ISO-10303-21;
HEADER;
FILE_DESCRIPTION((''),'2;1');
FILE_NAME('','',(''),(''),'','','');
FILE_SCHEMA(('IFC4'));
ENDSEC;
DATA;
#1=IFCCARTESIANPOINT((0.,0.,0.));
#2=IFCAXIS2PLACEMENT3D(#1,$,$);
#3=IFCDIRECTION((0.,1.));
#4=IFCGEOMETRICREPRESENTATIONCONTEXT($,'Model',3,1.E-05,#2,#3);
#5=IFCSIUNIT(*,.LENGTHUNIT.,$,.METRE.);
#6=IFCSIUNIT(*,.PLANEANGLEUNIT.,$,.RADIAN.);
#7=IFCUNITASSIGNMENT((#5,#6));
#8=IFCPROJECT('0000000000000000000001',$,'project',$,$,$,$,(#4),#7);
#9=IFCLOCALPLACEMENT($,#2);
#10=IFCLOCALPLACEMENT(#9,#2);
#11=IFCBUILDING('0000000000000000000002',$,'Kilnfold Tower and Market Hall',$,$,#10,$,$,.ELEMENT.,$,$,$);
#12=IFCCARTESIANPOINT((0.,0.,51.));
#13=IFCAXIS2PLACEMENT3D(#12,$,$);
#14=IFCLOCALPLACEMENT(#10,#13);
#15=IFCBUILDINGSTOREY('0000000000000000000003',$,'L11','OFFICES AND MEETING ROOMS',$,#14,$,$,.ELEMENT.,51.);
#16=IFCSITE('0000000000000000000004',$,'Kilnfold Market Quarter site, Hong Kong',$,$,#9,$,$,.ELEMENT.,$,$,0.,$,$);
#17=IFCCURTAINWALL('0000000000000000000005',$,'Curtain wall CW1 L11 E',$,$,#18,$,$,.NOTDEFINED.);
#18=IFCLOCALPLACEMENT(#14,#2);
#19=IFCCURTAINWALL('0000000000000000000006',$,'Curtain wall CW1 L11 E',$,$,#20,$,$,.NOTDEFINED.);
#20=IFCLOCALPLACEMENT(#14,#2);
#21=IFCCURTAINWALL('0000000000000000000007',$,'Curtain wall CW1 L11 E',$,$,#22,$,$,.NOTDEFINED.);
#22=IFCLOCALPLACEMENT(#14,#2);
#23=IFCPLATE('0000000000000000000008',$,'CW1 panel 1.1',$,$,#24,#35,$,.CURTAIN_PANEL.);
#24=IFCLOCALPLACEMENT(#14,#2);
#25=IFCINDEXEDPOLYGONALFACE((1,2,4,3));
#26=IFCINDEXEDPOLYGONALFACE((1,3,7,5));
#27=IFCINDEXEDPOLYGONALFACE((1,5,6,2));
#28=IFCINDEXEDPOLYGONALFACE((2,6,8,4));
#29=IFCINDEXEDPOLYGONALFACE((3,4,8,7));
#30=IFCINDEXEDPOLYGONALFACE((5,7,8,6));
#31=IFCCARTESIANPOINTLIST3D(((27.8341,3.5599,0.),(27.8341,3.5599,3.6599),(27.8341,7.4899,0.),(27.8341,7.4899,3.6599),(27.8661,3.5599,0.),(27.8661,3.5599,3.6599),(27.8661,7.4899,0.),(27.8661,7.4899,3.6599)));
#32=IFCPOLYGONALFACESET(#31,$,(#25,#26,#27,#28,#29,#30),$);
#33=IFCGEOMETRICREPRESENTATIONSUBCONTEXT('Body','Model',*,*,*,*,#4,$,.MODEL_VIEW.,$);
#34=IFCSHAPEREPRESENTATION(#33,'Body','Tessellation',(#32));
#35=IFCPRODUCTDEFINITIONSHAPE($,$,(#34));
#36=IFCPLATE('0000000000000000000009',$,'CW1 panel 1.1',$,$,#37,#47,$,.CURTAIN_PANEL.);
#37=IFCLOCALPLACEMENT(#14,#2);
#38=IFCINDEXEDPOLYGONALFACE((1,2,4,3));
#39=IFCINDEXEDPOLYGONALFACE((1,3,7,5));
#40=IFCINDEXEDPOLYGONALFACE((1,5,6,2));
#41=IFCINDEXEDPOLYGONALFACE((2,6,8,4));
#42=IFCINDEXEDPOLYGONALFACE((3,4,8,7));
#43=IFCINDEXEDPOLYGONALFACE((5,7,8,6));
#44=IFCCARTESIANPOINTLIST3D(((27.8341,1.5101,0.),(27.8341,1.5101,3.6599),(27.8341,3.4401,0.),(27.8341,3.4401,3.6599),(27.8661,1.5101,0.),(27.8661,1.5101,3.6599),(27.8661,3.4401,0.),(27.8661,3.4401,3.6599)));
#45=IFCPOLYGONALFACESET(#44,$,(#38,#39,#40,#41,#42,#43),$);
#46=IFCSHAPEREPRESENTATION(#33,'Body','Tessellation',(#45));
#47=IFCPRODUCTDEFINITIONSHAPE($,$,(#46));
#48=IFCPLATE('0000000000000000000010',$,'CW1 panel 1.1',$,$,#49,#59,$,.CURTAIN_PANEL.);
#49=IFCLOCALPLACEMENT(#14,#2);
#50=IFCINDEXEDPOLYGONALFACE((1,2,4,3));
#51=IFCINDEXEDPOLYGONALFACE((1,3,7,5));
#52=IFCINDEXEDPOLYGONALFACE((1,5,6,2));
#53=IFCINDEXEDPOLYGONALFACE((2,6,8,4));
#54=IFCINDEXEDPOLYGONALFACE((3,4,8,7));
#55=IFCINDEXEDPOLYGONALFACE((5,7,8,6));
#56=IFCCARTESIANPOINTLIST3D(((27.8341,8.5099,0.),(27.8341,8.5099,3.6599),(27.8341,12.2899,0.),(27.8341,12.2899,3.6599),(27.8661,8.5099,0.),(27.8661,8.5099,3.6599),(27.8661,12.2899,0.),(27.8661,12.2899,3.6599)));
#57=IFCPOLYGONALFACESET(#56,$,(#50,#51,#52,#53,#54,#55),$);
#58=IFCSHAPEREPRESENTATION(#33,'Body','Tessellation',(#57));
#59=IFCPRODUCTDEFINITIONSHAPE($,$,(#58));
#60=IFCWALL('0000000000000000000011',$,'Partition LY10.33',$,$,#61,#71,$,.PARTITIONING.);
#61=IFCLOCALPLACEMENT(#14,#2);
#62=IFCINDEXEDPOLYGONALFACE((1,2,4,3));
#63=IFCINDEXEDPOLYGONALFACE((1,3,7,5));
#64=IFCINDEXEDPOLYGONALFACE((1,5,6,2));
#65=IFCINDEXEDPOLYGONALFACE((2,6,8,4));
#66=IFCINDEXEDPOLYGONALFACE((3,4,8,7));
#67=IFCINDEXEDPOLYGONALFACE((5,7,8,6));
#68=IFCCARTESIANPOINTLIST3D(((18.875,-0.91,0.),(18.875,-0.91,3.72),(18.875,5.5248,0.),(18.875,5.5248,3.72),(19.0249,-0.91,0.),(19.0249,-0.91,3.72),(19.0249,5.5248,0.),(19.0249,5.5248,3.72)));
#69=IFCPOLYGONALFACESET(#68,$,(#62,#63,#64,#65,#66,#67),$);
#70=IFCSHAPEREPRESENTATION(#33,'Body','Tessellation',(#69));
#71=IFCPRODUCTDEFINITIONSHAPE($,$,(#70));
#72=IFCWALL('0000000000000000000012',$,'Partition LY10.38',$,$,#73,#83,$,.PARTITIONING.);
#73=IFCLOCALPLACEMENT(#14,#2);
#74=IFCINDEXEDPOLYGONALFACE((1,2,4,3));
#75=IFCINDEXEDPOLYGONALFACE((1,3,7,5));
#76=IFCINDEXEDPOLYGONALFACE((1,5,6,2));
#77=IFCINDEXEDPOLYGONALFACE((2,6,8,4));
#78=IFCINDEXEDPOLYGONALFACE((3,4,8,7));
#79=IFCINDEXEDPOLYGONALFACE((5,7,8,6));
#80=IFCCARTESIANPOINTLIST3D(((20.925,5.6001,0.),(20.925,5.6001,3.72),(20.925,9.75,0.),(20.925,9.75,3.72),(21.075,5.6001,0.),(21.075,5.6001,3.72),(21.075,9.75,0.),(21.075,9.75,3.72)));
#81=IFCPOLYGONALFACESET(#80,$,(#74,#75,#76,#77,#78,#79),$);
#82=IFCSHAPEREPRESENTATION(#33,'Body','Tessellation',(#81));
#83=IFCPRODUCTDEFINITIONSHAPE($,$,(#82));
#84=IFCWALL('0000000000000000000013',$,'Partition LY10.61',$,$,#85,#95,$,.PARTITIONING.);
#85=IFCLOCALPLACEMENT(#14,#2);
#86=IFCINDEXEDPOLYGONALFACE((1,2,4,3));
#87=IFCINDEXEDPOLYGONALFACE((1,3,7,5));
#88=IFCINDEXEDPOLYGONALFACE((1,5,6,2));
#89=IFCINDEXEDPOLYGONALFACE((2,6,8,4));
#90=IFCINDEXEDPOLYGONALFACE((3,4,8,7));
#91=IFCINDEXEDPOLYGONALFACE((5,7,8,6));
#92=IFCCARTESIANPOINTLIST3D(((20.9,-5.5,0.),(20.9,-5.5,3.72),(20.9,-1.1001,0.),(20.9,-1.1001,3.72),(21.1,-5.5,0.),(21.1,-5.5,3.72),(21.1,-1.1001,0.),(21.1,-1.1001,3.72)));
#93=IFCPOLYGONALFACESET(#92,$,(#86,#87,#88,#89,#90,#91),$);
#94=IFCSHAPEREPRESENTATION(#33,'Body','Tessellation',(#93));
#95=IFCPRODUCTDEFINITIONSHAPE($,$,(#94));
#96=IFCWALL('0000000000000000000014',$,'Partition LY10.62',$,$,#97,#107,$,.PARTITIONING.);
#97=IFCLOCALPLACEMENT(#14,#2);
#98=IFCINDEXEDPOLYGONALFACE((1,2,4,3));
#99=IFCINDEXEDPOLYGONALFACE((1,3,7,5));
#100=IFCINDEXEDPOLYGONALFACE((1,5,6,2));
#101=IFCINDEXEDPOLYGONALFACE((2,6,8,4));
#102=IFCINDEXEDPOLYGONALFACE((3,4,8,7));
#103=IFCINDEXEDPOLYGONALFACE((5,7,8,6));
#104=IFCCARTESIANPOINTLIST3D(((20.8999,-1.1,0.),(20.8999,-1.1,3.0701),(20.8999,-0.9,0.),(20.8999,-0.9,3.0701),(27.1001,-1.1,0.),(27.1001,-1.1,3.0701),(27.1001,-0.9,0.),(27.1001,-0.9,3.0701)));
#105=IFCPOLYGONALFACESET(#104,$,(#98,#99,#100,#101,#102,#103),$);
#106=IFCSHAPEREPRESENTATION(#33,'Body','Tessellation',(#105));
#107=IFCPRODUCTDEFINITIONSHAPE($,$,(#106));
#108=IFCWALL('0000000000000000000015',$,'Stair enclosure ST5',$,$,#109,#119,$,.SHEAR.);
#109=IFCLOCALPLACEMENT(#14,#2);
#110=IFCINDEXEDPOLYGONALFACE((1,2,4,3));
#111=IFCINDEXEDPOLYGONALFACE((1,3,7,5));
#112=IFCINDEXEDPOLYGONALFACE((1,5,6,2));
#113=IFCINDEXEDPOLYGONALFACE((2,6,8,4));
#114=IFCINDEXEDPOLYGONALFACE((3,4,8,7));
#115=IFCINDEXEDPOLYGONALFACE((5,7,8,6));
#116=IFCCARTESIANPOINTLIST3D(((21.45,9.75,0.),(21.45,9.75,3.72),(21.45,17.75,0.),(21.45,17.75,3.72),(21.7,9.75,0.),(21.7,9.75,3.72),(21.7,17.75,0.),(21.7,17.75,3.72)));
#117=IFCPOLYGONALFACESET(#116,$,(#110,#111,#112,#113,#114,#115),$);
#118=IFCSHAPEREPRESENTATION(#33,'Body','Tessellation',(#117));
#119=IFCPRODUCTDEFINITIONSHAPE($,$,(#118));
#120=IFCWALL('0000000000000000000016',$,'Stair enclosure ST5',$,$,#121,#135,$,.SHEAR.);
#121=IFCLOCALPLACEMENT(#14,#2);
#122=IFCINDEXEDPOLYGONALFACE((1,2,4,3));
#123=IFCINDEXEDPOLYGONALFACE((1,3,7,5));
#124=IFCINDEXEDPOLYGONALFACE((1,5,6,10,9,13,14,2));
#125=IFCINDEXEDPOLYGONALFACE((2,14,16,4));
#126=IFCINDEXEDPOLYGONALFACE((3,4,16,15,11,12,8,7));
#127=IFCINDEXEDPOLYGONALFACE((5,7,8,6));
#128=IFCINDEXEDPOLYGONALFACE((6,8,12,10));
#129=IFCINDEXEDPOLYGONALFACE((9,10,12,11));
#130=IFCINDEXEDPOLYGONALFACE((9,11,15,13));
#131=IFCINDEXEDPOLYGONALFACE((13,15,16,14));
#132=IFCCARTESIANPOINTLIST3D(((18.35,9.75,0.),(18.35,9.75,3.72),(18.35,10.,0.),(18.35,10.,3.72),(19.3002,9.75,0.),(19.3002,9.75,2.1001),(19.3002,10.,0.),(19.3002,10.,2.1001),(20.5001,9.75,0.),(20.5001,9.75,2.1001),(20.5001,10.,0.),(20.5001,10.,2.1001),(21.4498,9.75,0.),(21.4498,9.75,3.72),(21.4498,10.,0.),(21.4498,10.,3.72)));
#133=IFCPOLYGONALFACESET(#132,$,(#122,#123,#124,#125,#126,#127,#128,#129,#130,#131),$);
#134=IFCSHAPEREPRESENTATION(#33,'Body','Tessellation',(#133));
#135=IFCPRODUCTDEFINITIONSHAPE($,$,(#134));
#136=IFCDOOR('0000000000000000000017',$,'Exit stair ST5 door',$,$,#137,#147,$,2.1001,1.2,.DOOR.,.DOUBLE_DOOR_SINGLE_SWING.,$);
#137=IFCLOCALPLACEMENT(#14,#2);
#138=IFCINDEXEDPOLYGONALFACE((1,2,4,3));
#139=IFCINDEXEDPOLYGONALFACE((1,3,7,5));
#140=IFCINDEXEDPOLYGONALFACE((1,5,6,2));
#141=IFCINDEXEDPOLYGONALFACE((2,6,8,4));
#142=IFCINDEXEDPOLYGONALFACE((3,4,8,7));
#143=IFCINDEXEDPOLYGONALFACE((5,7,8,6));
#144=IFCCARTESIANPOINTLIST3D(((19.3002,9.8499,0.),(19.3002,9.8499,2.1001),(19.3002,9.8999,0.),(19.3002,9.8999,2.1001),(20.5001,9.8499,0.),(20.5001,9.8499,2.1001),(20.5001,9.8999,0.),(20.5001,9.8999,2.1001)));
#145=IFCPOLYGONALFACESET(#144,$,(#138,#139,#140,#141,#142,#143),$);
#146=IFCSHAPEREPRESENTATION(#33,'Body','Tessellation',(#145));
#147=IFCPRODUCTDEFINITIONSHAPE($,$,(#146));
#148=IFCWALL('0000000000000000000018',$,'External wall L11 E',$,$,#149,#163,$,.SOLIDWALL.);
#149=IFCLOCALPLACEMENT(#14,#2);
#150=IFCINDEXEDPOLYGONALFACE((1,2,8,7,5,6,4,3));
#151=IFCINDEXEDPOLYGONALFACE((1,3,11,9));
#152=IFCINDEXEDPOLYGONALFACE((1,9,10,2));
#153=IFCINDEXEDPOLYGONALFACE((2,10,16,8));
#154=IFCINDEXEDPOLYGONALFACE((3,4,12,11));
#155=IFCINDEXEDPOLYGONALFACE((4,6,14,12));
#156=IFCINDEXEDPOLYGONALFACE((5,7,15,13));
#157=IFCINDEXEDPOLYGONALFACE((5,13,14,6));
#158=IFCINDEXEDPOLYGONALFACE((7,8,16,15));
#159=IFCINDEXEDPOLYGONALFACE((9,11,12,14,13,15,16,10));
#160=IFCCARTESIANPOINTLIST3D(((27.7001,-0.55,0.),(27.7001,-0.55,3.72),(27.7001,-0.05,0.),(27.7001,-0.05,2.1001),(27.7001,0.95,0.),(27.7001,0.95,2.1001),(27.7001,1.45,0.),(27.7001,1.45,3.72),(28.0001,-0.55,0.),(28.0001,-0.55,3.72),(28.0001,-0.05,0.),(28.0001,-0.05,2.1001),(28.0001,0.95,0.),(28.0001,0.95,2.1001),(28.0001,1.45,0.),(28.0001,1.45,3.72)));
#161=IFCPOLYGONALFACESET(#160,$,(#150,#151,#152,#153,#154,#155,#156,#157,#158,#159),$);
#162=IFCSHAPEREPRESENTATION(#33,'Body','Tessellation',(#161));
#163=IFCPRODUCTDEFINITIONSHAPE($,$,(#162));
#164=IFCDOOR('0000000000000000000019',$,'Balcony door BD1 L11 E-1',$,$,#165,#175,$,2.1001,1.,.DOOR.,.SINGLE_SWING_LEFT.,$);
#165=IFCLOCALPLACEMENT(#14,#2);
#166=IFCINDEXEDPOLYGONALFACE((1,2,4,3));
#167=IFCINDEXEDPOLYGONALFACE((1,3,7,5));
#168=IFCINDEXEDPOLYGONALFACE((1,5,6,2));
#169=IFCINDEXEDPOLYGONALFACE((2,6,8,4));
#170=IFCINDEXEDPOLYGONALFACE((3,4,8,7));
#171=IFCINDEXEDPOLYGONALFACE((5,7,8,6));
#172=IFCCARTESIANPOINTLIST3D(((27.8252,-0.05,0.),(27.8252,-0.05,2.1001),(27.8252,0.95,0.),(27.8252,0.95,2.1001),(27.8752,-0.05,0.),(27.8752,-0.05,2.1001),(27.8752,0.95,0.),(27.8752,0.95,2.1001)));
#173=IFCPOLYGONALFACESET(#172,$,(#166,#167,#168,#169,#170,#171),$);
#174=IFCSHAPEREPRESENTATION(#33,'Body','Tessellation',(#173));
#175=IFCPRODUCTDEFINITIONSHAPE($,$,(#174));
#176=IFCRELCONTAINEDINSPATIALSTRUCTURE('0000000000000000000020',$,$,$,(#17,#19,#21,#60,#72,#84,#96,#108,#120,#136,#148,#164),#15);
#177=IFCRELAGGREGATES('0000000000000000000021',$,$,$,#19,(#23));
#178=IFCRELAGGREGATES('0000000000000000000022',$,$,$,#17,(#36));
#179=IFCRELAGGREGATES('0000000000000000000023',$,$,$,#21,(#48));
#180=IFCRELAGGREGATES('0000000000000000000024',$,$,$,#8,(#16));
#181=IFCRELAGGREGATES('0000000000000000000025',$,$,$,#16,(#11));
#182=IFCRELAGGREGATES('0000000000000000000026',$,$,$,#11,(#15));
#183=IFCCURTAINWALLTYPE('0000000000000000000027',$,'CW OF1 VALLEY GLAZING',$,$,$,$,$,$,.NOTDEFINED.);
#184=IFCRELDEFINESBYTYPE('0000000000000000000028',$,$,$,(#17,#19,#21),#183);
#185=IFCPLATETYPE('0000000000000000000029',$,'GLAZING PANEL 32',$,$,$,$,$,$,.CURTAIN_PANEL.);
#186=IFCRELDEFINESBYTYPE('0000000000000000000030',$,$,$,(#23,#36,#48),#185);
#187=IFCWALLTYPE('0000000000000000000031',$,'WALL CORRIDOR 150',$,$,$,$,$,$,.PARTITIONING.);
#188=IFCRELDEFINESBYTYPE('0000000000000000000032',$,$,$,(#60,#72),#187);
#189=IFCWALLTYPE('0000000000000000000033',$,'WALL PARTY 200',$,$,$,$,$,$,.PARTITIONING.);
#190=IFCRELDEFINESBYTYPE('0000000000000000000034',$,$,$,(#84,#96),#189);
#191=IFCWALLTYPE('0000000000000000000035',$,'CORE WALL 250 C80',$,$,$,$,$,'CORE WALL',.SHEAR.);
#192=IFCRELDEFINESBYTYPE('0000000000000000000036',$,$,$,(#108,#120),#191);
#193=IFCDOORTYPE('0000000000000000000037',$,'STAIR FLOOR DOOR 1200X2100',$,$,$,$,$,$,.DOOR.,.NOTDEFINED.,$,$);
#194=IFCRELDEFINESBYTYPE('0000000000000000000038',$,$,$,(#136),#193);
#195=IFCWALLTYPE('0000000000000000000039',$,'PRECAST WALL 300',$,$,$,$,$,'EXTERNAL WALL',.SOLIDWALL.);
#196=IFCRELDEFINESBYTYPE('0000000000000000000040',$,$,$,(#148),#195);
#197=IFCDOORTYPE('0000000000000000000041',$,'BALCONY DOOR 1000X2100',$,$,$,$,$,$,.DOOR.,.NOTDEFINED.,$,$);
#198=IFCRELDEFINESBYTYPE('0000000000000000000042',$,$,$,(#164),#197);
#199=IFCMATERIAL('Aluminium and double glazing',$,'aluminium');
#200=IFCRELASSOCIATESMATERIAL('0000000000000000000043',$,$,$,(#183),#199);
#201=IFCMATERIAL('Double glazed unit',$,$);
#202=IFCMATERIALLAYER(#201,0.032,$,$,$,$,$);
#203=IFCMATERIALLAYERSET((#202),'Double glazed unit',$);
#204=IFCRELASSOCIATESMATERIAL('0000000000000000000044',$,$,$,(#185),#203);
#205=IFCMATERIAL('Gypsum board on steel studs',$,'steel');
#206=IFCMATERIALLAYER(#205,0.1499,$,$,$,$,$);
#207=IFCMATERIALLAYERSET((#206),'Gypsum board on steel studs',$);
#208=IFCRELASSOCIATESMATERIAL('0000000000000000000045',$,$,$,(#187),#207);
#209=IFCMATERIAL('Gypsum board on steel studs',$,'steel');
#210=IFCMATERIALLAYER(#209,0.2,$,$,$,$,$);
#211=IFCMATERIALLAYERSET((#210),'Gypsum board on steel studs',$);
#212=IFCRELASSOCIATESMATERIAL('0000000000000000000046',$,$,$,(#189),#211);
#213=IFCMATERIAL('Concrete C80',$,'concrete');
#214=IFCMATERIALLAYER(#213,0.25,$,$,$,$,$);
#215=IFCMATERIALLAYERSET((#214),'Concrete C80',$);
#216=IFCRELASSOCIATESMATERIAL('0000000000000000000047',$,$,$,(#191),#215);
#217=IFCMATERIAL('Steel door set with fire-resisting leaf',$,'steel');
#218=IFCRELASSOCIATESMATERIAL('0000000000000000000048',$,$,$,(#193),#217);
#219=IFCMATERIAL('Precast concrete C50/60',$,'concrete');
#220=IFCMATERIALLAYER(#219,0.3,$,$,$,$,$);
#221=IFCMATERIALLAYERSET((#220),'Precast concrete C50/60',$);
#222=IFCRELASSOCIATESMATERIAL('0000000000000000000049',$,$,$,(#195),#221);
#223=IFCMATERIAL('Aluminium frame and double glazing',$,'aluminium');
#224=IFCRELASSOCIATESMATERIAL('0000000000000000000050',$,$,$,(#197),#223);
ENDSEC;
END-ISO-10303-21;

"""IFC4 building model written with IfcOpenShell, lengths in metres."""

from ifc_helpers import new_model, si_unit, direction, frame, frame_2d, origin, origin_2d, place, context, subcontext, project, spatial, rectangle, extrude, source, transform, mapped, material, layer, layer_set, type_object, element, fill, aggregate, save


model = new_model("IFC4")

# Units and contexts
model_context = context("Model", 3, precision=1e-05, world=origin(), true_north=direction((0.0, 1.0)))
body_context = subcontext(model_context, "Body", "Model", "MODEL_VIEW")
ifc_project = project(units=[si_unit("LENGTHUNIT", "METRE"), si_unit("PLANEANGLEUNIT", "RADIAN")], contexts=[model_context])

# Site, building, storey
site_placement = place(None, origin())
site = spatial("IfcSite", under=ifc_project, at=site_placement, Name="Kilnfold Market Quarter site, Hong Kong", CompositionType="ELEMENT", RefElevation=0.0)
building_placement = place(site_placement, origin())
building = spatial("IfcBuilding", under=site, at=building_placement, Name="Kilnfold Tower and Market Hall", CompositionType="ELEMENT")
storey_placement = place(building_placement, frame((0.0, 0.0, 51.0)))
storey = spatial("IfcBuildingStorey", under=building, at=storey_placement, Name="L11", Description="OFFICES AND MEETING ROOMS", CompositionType="ELEMENT", Elevation=51.0)

# Shared definitions
ifc_material_1 = material(Name="Aluminium and double glazing", Category="aluminium")
curtain_wall_type = type_object("IfcCurtainWallType", Name="CW OF1 VALLEY GLAZING", PredefinedType="NOTDEFINED", material=ifc_material_1)

# Curtain walls
curtain_wall_1_placement = place(storey_placement, origin())
curtain_wall_1 = element("IfcCurtainWall", 1, at=curtain_wall_1_placement, inside=storey, type_object=curtain_wall_type, Name="Curtain wall CW1 L11 E", PredefinedType="NOTDEFINED")
curtain_wall_2_placement = place(storey_placement, origin())
curtain_wall_2 = element("IfcCurtainWall", 2, at=curtain_wall_2_placement, inside=storey, type_object=curtain_wall_type, Name="Curtain wall CW1 L11 E", PredefinedType="NOTDEFINED")

# Curtain wall
curtain_wall_3_placement = place(storey_placement, origin())
curtain_wall_3 = element("IfcCurtainWall", 3, at=curtain_wall_3_placement, inside=storey, type_object=curtain_wall_type, Name="Curtain wall CW1 L11 E", PredefinedType="NOTDEFINED")

# Plates
ifc_material_2 = material(Name="Double glazed unit")
ifc_layer_1 = layer(ifc_material_2, 0.032)
ifc_layer_set_1 = layer_set([ifc_layer_1], Name="Double glazed unit")
plate_type = type_object("IfcPlateType", Name="GLAZING PANEL 32", PredefinedType="CURTAIN_PANEL", material=ifc_layer_set_1)
shared_shape_1 = source(origin(), body_context, "Body", "SweptSolid", [
    extrude(rectangle(XDim=3.9299, YDim=0.032, at=origin_2d()), origin(), (0.0, 0.0, 1.0), 3.6599),
])
plate_1_placement = place(storey_placement, frame((27.8501, 5.5249, 0.0), z_axis=(0.0, 0.0, 1.0), x_axis=(0.0, 1.0, 0.0)))
plate_1 = element("IfcPlate", 4, at=plate_1_placement, type_object=plate_type, Name="CW1 panel 1.1", PredefinedType="CURTAIN_PANEL", context=body_context, shape_type="MappedRepresentation", body=[
    mapped(shared_shape_1, transform((0.0, 0.0, 0.0))),
])
aggregate(curtain_wall_2, [plate_1])
shared_shape_2 = source(origin(), body_context, "Body", "SweptSolid", [
    extrude(rectangle(XDim=1.9299, YDim=0.032, at=origin_2d()), origin(), (0.0, 0.0, 1.0), 3.6599),
])
plate_2_placement = place(storey_placement, frame((27.8501, 2.4751, 0.0), z_axis=(0.0, 0.0, 1.0), x_axis=(0.0, 1.0, 0.0)))
plate_2 = element("IfcPlate", 5, at=plate_2_placement, type_object=plate_type, Name="CW1 panel 1.1", PredefinedType="CURTAIN_PANEL", context=body_context, shape_type="MappedRepresentation", body=[
    mapped(shared_shape_2, transform((0.0, 0.0, 0.0))),
])
aggregate(curtain_wall_1, [plate_2])
shared_shape_3 = source(origin(), body_context, "Body", "SweptSolid", [
    extrude(rectangle(XDim=3.78, YDim=0.032, at=origin_2d()), origin(), (0.0, 0.0, 1.0), 3.6599),
])
plate_3_placement = place(storey_placement, frame((27.8501, 10.3999, 0.0), z_axis=(0.0, 0.0, 1.0), x_axis=(0.0, 1.0, 0.0)))
plate_3 = element("IfcPlate", 6, at=plate_3_placement, type_object=plate_type, Name="CW1 panel 1.1", PredefinedType="CURTAIN_PANEL", context=body_context, shape_type="MappedRepresentation", body=[
    mapped(shared_shape_3, transform((0.0, 0.0, 0.0))),
])
aggregate(curtain_wall_3, [plate_3])

# Walls
ifc_material_3 = material(Name="Gypsum board on steel studs", Category="steel")
ifc_layer_2 = layer(ifc_material_3, 0.1499)
ifc_layer_set_2 = layer_set([ifc_layer_2], Name="Gypsum board on steel studs")
wall_type_1 = type_object("IfcWallType", Name="WALL CORRIDOR 150", PredefinedType="PARTITIONING", material=ifc_layer_set_2)
wall_1_placement = place(storey_placement, frame((18.95, -0.9099, 0.0), z_axis=(0.0, 0.0, 1.0), x_axis=(0.0, 1.0, 0.0)))
element("IfcWall", 7, at=wall_1_placement, inside=storey, type_object=wall_type_1, Name="Partition LY10.33", PredefinedType="PARTITIONING", context=body_context, shape_type="SweptSolid", body=[
    extrude(rectangle(XDim=6.4348, YDim=0.1499, at=frame_2d((3.2173, 0.0))), origin(), (0.0, 0.0, 1.0), 3.72),
])
wall_2_placement = place(storey_placement, frame((21.0, 5.6001, 0.0), z_axis=(0.0, 0.0, 1.0), x_axis=(0.0, 1.0, 0.0)))
element("IfcWall", 8, at=wall_2_placement, inside=storey, type_object=wall_type_1, Name="Partition LY10.38", PredefinedType="PARTITIONING", context=body_context, shape_type="SweptSolid", body=[
    extrude(rectangle(XDim=4.1499, YDim=0.1499, at=frame_2d((2.075, 0.0))), origin(), (0.0, 0.0, 1.0), 3.72),
])
ifc_material_4 = material(Name="Gypsum board on steel studs", Category="steel")
ifc_layer_3 = layer(ifc_material_4, 0.2)
ifc_layer_set_3 = layer_set([ifc_layer_3], Name="Gypsum board on steel studs")
wall_type_2 = type_object("IfcWallType", Name="WALL PARTY 200", PredefinedType="PARTITIONING", material=ifc_layer_set_3)
wall_3_placement = place(storey_placement, frame((21.0, -1.1001, 0.0), z_axis=(0.0, 0.0, 1.0), x_axis=(0.0, -1.0, 0.0)))
element("IfcWall", 9, at=wall_3_placement, inside=storey, type_object=wall_type_2, Name="Partition LY10.61", PredefinedType="PARTITIONING", context=body_context, shape_type="SweptSolid", body=[
    extrude(rectangle(XDim=4.3999, YDim=0.2, at=frame_2d((2.2, 0.0))), origin(), (0.0, 0.0, 1.0), 3.72),
])
wall_4_placement = place(storey_placement, frame((20.8999, -1.0, 0.0), z_axis=(0.0, 0.0, 1.0), x_axis=(1.0, 0.0, 0.0)))
element("IfcWall", 10, at=wall_4_placement, inside=storey, type_object=wall_type_2, Name="Partition LY10.62", PredefinedType="PARTITIONING", context=body_context, shape_type="SweptSolid", body=[
    extrude(rectangle(XDim=6.2002, YDim=0.2, at=frame_2d((3.1001, 0.0))), origin(), (0.0, 0.0, 1.0), 3.0701),
])
ifc_material_5 = material(Name="Concrete C80", Category="concrete")
ifc_layer_4 = layer(ifc_material_5, 0.25)
ifc_layer_set_4 = layer_set([ifc_layer_4], Name="Concrete C80")
wall_type_3 = type_object("IfcWallType", Name="CORE WALL 250 C80", ElementType="CORE WALL", PredefinedType="SHEAR", material=ifc_layer_set_4)
shared_shape_4 = source(origin(), body_context, "Body", "SweptSolid", [
    extrude(rectangle(XDim=8.0, YDim=0.25, at=frame_2d((4.0, 0.0))), origin(), (0.0, 0.0, 1.0), 3.72),
])
wall_5_placement = place(storey_placement, frame((21.575, 9.75, 0.0), z_axis=(0.0, 0.0, 1.0), x_axis=(0.0, 1.0, 0.0)))
element("IfcWall", 11, at=wall_5_placement, inside=storey, type_object=wall_type_3, Name="Stair enclosure ST5", PredefinedType="SHEAR", context=body_context, shape_type="MappedRepresentation", body=[
    mapped(shared_shape_4, transform((0.0, 0.0, 0.0))),
])

# Walls, openings, doors
shared_shape_5 = source(origin(), body_context, "Body", "SweptSolid", [
    extrude(rectangle(XDim=3.0999, YDim=0.25, at=frame_2d((1.5498, 0.0))), origin(), (0.0, 0.0, 1.0), 3.72),
])
wall_6_placement = place(storey_placement, frame((18.3501, 9.875, 0.0), z_axis=(0.0, 0.0, 1.0), x_axis=(1.0, 0.0, 0.0)))
wall_6 = element("IfcWall", 12, at=wall_6_placement, inside=storey, type_object=wall_type_3, Name="Stair enclosure ST5", PredefinedType="SHEAR", context=body_context, shape_type="MappedRepresentation", body=[
    mapped(shared_shape_5, transform((0.0, 0.0, 0.0))),
])
opening_1_placement = place(wall_6_placement, frame((0.95, 0.0, 0.0)))
opening_1 = element("IfcOpeningElement", 13, at=opening_1_placement, cuts=wall_6, PredefinedType="OPENING", context=body_context, shape_type="SweptSolid", body=[
    extrude(rectangle(XDim=1.2, YDim=2.1001, at=frame_2d((0.6001, 1.05))), frame((0.0, 0.135, 0.0), z_axis=(0.0, -1.0, 0.0), x_axis=(1.0, 0.0, 0.0)), (0.0, 0.0, 1.0), 0.27),
])
ifc_material_6 = material(Name="Steel door set with fire-resisting leaf", Category="steel")
door_type_1 = type_object("IfcDoorType", Name="STAIR FLOOR DOOR 1200X2100", OperationType="NOTDEFINED", PredefinedType="DOOR", material=ifc_material_6)
door_1_placement = place(opening_1_placement, origin())
door_1 = element("IfcDoor", 14, at=door_1_placement, inside=storey, type_object=door_type_1, Name="Exit stair ST5 door", OperationType="DOUBLE_DOOR_SINGLE_SWING", OverallHeight=2.1001, OverallWidth=1.2, PredefinedType="DOOR", context=body_context, shape_type="SweptSolid", body=[
    extrude(rectangle(XDim=1.2, YDim=2.1001, at=frame_2d((0.6001, 1.05))), frame((0.0, 0.0249, 0.0), z_axis=(0.0, -1.0, 0.0), x_axis=(1.0, 0.0, 0.0)), (0.0, 0.0, 1.0), 0.05),
])
fill(opening_1, door_1)
ifc_material_7 = material(Name="Precast concrete C50/60", Category="concrete")
ifc_layer_5 = layer(ifc_material_7, 0.3)
ifc_layer_set_5 = layer_set([ifc_layer_5], Name="Precast concrete C50/60")
wall_type_4 = type_object("IfcWallType", Name="PRECAST WALL 300", ElementType="EXTERNAL WALL", PredefinedType="SOLIDWALL", material=ifc_layer_set_5)
shared_shape_6 = source(origin(), body_context, "Body", "SweptSolid", [
    extrude(rectangle(XDim=2.0, YDim=0.3, at=frame_2d((1.0, 0.0))), origin(), (0.0, 0.0, 1.0), 3.72),
])
wall_7_placement = place(storey_placement, frame((27.8501, -0.55, 0.0), z_axis=(0.0, 0.0, 1.0), x_axis=(0.0, 1.0, 0.0)))
wall_7 = element("IfcWall", 15, at=wall_7_placement, inside=storey, type_object=wall_type_4, Name="External wall L11 E", PredefinedType="SOLIDWALL", context=body_context, shape_type="MappedRepresentation", body=[
    mapped(shared_shape_6, transform((0.0, 0.0, 0.0))),
])
opening_2_placement = place(wall_7_placement, frame((0.5, 0.0, 0.0)))
opening_2 = element("IfcOpeningElement", 16, at=opening_2_placement, cuts=wall_7, PredefinedType="OPENING", context=body_context, shape_type="SweptSolid", body=[
    extrude(rectangle(XDim=1.0, YDim=2.1001, at=frame_2d((0.5, 1.05))), frame((0.0, 0.1602, 0.0), z_axis=(0.0, -1.0, 0.0), x_axis=(1.0, 0.0, 0.0)), (0.0, 0.0, 1.0), 0.3201),
])
ifc_material_8 = material(Name="Aluminium frame and double glazing", Category="aluminium")
door_type_2 = type_object("IfcDoorType", Name="BALCONY DOOR 1000X2100", OperationType="NOTDEFINED", PredefinedType="DOOR", material=ifc_material_8)
door_2_placement = place(opening_2_placement, origin())
door_2 = element("IfcDoor", 17, at=door_2_placement, inside=storey, type_object=door_type_2, Name="Balcony door BD1 L11 E-1", OperationType="SINGLE_SWING_LEFT", OverallHeight=2.1001, OverallWidth=1.0, PredefinedType="DOOR", context=body_context, shape_type="SweptSolid", body=[
    extrude(rectangle(XDim=1.0, YDim=2.1001, at=frame_2d((0.5, 1.05))), frame((0.0, 0.0249, 0.0), z_axis=(0.0, -1.0, 0.0), x_axis=(1.0, 0.0, 0.0)), (0.0, 0.0, 1.0), 0.05),
])
fill(opening_2, door_2)

save(model, "model.ifc")
